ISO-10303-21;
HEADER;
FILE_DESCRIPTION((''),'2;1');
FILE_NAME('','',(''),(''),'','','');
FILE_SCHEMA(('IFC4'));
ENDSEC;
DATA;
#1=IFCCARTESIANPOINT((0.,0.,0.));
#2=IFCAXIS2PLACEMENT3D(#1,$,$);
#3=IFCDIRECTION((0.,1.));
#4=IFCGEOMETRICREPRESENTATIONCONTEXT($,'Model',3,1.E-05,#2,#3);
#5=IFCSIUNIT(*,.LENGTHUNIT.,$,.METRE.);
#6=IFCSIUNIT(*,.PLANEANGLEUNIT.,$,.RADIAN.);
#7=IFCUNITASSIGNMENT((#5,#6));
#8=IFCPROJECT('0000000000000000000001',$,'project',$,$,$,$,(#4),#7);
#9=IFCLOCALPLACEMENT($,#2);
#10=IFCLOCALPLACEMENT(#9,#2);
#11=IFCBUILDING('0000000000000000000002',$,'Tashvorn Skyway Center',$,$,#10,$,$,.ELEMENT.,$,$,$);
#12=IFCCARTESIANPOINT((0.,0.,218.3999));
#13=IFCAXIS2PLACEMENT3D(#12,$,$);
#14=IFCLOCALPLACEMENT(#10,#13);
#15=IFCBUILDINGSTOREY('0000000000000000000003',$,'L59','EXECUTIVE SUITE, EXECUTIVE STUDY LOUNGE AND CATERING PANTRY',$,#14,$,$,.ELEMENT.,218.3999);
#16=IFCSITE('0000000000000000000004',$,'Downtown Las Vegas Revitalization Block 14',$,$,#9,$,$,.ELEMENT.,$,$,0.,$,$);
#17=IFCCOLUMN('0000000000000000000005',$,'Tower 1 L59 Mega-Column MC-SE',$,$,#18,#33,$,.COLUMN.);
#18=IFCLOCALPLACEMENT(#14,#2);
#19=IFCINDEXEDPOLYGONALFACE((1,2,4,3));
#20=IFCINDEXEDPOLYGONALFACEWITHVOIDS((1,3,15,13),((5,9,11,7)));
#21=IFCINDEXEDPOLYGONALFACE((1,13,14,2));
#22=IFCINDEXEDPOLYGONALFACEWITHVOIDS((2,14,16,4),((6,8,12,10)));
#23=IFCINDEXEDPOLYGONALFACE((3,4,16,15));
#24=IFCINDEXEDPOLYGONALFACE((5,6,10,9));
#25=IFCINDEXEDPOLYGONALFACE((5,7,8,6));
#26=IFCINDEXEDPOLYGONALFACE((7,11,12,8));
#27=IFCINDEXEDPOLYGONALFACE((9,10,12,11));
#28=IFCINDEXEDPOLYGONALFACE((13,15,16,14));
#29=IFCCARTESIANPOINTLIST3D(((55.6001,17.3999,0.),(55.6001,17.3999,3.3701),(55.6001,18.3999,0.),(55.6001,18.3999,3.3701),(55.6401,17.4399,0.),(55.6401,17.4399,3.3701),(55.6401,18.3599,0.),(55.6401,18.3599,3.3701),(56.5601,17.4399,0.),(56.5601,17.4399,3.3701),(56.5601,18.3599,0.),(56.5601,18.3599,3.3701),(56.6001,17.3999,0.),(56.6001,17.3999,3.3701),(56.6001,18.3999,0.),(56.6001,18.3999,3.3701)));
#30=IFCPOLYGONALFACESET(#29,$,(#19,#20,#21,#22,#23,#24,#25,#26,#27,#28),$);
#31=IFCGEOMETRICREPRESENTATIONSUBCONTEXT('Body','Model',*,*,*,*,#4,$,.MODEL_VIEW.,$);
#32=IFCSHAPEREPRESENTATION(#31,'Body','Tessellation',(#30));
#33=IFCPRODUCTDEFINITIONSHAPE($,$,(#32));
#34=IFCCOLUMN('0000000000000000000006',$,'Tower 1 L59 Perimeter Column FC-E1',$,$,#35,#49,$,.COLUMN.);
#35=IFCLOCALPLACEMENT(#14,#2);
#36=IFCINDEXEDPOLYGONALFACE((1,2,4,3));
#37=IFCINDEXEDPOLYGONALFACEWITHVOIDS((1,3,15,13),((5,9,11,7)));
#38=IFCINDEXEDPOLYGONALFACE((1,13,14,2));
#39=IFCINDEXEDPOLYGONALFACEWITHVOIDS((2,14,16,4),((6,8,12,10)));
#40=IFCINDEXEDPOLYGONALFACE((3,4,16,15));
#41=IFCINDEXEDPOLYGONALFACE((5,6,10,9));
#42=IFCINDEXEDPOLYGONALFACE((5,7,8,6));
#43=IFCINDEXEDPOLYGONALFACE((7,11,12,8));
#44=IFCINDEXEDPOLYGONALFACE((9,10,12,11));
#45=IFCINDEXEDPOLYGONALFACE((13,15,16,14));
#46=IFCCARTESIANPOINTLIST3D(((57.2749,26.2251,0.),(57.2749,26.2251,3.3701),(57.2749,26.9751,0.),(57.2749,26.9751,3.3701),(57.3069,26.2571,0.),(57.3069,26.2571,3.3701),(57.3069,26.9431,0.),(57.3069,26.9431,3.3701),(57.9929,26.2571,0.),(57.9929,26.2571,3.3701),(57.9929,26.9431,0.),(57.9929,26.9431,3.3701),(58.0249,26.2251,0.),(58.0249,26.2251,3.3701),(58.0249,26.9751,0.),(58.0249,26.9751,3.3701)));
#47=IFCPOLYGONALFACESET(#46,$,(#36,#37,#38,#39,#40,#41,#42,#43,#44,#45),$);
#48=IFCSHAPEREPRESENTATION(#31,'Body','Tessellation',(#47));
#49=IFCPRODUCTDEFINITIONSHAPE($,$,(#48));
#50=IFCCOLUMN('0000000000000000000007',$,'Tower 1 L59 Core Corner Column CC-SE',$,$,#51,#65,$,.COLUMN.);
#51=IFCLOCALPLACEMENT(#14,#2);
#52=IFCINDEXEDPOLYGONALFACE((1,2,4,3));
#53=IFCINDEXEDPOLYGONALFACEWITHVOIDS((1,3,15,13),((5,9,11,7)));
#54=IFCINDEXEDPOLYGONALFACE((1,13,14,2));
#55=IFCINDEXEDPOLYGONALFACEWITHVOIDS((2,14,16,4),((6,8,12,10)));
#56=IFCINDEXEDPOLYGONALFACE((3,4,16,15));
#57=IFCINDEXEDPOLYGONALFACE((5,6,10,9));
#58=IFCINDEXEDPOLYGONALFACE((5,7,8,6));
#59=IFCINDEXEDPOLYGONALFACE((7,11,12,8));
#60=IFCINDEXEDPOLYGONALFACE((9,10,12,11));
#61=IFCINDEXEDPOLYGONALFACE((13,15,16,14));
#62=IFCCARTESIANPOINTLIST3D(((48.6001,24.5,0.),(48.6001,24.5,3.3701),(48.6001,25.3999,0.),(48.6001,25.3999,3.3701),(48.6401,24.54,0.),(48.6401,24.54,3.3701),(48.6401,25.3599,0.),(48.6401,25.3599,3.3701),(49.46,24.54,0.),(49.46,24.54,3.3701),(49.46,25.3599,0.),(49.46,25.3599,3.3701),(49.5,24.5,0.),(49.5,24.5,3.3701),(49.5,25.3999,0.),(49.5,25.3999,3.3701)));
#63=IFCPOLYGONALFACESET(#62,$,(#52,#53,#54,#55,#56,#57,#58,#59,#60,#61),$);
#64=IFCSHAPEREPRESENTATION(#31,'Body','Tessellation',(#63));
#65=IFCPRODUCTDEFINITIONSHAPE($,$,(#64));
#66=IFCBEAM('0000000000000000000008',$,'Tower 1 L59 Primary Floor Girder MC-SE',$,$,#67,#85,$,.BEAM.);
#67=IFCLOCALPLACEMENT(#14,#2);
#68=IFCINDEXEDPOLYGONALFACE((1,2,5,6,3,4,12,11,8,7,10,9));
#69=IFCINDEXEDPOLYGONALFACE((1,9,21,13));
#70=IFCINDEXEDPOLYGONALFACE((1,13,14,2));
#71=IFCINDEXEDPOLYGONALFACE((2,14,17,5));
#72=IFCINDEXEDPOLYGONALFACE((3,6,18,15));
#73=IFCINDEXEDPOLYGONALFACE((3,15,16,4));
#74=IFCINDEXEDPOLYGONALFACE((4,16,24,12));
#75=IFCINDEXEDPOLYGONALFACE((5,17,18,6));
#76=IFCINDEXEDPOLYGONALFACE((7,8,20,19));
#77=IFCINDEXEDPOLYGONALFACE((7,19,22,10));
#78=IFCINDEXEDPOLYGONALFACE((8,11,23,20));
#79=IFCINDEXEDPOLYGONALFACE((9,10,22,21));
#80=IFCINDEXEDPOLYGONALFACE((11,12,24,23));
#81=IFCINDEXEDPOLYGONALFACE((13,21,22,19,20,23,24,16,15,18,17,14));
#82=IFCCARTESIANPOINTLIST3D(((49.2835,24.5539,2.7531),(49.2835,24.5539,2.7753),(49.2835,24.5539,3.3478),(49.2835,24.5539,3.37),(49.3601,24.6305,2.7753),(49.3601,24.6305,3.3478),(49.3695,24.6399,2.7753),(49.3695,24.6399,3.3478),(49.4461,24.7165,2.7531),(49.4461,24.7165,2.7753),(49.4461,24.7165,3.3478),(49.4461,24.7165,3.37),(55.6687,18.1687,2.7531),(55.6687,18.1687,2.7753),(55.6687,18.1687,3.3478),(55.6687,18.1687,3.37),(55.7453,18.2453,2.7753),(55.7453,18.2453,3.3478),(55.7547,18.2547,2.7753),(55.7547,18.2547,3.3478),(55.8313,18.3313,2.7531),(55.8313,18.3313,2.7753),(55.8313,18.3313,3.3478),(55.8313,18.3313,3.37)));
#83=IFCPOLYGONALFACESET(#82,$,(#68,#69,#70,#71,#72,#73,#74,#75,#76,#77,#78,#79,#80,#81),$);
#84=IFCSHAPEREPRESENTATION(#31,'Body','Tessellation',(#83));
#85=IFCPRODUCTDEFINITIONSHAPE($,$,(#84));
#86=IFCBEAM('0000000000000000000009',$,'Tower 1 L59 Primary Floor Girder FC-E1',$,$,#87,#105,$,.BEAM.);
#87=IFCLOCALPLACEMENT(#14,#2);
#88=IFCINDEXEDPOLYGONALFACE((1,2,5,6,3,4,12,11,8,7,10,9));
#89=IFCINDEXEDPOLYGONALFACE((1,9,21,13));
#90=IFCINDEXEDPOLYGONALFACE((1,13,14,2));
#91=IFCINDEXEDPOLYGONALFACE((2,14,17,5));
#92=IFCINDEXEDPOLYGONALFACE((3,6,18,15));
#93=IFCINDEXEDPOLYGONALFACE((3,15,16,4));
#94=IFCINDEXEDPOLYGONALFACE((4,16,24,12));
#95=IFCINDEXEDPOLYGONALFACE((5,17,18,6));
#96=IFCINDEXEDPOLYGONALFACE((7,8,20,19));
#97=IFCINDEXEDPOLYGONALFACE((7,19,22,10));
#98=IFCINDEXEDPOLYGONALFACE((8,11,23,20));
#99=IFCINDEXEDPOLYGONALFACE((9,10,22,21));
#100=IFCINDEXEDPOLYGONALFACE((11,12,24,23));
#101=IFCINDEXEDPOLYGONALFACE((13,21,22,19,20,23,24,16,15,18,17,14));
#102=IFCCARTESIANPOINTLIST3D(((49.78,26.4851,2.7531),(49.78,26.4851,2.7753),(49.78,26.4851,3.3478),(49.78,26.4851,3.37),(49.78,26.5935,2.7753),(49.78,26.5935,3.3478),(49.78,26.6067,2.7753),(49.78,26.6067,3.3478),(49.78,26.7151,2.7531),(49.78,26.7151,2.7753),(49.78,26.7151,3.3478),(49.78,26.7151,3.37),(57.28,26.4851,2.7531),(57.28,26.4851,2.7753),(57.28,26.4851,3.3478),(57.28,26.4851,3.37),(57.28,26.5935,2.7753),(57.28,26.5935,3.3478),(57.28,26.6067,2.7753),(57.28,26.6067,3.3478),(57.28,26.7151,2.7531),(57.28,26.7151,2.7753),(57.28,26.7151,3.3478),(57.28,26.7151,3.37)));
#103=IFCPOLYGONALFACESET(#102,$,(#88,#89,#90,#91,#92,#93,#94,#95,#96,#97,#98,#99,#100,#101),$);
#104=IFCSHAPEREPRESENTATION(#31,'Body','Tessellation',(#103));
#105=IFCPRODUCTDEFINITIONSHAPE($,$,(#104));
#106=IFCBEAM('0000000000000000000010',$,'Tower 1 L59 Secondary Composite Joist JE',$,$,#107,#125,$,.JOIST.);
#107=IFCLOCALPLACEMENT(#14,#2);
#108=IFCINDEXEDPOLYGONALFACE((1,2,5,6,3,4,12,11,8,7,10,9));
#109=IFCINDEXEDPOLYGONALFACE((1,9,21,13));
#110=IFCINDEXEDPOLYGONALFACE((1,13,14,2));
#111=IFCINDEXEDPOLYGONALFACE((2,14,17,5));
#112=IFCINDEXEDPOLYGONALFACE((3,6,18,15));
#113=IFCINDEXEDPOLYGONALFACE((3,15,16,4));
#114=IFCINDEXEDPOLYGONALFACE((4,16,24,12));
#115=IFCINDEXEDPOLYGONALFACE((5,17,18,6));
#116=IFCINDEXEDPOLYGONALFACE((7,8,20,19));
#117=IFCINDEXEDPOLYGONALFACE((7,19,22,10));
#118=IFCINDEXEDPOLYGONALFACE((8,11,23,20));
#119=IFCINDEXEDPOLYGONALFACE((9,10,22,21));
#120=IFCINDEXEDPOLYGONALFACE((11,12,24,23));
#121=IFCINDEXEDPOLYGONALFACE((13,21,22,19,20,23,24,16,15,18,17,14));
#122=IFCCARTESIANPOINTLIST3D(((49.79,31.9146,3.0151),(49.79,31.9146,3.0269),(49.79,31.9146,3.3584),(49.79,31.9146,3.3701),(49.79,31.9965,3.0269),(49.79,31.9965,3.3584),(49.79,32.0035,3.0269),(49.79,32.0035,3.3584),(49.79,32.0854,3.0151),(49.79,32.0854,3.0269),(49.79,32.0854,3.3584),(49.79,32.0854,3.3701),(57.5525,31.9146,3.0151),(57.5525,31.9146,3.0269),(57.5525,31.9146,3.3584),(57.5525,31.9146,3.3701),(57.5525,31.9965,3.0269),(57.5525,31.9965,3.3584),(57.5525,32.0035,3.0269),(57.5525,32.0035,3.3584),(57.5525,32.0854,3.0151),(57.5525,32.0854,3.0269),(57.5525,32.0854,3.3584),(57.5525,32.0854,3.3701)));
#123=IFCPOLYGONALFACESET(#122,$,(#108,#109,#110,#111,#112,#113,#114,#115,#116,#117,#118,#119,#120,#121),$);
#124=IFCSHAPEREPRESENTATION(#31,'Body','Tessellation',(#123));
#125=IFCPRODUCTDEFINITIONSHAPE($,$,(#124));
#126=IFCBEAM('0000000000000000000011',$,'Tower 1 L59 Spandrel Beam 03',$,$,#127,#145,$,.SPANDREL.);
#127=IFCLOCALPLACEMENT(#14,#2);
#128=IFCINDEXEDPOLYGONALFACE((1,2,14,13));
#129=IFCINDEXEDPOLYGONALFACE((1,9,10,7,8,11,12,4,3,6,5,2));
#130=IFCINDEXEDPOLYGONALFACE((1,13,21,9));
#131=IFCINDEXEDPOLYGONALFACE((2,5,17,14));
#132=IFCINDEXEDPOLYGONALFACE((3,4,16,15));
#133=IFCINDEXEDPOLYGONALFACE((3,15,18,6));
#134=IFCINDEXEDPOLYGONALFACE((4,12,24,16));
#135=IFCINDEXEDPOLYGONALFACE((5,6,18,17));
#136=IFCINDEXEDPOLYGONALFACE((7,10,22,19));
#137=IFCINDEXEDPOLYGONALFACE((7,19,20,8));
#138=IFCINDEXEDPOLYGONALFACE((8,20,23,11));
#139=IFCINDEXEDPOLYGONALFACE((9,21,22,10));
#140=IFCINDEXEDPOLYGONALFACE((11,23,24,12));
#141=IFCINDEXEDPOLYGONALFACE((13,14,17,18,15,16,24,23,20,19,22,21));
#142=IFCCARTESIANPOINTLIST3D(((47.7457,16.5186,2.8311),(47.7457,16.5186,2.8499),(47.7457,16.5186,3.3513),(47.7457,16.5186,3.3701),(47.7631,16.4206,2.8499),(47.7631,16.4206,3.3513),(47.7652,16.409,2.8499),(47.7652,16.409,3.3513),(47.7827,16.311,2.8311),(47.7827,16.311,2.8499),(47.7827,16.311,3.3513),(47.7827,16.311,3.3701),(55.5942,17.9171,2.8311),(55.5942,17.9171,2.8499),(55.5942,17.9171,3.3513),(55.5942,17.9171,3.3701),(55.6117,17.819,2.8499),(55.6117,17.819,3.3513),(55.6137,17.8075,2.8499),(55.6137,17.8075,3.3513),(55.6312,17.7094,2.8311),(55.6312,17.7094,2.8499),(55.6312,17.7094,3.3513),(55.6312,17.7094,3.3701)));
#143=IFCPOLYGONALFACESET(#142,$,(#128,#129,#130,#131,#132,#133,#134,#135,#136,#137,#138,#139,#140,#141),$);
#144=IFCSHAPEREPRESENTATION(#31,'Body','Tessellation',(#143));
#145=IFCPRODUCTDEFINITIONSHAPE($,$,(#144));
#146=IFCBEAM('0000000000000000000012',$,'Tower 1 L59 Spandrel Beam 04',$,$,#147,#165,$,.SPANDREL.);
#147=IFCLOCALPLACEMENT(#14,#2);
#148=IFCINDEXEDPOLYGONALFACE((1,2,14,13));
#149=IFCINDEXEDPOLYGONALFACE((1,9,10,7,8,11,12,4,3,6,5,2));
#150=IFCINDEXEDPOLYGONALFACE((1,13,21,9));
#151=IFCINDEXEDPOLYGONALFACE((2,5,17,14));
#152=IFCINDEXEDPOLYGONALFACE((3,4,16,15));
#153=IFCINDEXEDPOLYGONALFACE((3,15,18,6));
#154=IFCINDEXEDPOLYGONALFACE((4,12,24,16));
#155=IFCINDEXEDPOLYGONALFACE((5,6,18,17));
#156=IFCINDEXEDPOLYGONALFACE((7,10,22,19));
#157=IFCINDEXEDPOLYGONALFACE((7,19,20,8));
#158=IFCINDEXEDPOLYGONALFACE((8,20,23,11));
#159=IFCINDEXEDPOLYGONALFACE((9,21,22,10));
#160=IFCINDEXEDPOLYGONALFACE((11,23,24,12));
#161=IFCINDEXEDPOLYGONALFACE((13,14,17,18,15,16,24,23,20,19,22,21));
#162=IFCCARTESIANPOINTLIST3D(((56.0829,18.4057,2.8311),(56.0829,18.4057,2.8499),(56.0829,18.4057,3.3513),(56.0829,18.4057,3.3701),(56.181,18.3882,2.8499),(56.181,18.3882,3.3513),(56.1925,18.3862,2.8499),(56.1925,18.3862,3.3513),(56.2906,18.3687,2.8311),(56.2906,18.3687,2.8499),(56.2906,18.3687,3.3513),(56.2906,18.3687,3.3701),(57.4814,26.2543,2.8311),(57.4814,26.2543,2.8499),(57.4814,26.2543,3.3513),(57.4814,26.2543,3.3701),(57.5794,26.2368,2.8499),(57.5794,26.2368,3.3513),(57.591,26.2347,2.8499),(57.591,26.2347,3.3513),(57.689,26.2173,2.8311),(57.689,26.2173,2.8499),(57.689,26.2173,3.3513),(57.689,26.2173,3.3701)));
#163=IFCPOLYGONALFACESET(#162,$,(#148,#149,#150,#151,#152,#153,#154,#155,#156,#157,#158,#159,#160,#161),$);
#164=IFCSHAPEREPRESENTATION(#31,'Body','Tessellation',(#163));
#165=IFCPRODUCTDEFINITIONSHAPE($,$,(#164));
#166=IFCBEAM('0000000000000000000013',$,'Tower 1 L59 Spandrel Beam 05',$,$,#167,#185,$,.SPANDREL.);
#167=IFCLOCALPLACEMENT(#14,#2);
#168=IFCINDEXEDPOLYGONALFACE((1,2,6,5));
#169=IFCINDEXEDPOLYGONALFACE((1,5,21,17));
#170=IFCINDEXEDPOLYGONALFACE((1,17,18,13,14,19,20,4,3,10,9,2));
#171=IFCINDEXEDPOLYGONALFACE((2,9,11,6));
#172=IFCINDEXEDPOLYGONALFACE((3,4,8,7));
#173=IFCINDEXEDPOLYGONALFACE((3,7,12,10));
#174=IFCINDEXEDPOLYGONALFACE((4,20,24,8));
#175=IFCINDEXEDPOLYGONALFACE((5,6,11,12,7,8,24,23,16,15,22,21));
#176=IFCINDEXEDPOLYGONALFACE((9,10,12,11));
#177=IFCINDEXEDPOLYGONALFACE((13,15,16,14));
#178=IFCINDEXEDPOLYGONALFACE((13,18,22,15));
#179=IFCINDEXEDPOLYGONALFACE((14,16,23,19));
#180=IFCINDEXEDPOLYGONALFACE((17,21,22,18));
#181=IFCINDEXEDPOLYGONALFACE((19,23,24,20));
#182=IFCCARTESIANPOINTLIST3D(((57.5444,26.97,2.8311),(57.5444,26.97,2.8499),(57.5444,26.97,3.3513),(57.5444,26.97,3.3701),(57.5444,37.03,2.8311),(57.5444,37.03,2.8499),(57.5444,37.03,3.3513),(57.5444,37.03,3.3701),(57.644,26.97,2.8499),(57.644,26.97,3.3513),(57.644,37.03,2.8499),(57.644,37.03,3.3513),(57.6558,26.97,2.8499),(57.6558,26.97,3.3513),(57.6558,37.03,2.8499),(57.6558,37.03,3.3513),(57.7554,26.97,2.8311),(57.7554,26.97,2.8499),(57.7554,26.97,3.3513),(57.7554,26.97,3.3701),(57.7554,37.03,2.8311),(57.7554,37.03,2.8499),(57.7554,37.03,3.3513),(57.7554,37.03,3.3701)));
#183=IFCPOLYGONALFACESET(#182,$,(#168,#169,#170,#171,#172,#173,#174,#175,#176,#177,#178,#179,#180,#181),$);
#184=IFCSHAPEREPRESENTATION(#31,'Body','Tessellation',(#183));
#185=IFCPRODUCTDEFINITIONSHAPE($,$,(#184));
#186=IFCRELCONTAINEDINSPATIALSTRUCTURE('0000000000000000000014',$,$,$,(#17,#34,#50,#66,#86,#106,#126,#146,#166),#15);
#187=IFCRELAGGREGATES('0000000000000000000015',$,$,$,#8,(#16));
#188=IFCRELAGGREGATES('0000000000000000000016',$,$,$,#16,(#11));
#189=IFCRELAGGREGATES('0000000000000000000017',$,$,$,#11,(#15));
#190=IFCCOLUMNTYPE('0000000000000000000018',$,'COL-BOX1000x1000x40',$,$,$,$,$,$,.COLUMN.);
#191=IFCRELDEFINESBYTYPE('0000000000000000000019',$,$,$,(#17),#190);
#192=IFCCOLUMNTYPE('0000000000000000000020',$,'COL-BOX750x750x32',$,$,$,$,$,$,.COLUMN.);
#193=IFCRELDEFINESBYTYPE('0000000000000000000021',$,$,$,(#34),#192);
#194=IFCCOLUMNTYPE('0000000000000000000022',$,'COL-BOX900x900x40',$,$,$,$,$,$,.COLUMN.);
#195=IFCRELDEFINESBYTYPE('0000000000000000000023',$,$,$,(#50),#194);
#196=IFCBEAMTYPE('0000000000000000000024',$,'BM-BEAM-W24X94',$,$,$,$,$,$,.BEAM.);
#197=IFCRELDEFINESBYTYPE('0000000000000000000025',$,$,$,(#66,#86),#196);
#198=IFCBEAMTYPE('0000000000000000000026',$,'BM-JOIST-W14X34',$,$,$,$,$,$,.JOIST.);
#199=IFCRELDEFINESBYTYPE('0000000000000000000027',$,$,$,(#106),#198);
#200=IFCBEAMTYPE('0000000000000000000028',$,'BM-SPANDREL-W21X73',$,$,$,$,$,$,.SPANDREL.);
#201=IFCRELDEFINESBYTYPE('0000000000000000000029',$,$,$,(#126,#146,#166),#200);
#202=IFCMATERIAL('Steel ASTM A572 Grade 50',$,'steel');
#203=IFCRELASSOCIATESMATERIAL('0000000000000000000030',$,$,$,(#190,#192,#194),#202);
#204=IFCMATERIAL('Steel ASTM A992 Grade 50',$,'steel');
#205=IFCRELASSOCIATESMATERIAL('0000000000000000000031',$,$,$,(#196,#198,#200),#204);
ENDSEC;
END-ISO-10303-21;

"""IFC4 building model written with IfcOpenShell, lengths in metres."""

from ifc_helpers import new_model, si_unit, direction, frame, origin, origin_2d, place, context, subcontext, project, spatial, hollow_rectangle, i_section, extrude, material, material_profile, profile_set, type_object, element, save


model = new_model("IFC4")

# Units and contexts
model_context = context("Model", 3, precision=1e-05, world=origin(), true_north=direction((0.0, 1.0)))
body_context = subcontext(model_context, "Body", "Model", "MODEL_VIEW")
ifc_project = project(units=[si_unit("LENGTHUNIT", "METRE"), si_unit("PLANEANGLEUNIT", "RADIAN")], contexts=[model_context])

# Site, building, storey
site_placement = place(None, origin())
site = spatial("IfcSite", under=ifc_project, at=site_placement, Name="Downtown Las Vegas Revitalization Block 14", CompositionType="ELEMENT", RefElevation=0.0)
building_placement = place(site_placement, origin())
building = spatial("IfcBuilding", under=site, at=building_placement, Name="Tashvorn Skyway Center", CompositionType="ELEMENT")
storey_placement = place(building_placement, frame((0.0, 0.0, 218.3999)))
storey = spatial("IfcBuildingStorey", under=building, at=storey_placement, Name="L59", Description="EXECUTIVE SUITE, EXECUTIVE STUDY LOUNGE AND CATERING PANTRY", CompositionType="ELEMENT", Elevation=218.3999)

# Columns
ifc_material_1 = material(Name="Steel ASTM A572 Grade 50", Category="steel")
ifc_material_profile_1 = material_profile(ifc_material_1, hollow_rectangle(XDim=1.0, YDim=1.0, WallThickness=0.04, at=origin_2d()), Name="BOX1000x1000x40")
ifc_profile_set_1 = profile_set([ifc_material_profile_1], Name="Steel ASTM A572 Grade 50")
column_type_1 = type_object("IfcColumnType", Name="COL-BOX1000x1000x40", PredefinedType="COLUMN", material=ifc_profile_set_1)
column_1_placement = place(storey_placement, frame((56.1001, 17.8999, 0.0), z_axis=(0.0, 0.0, 1.0), x_axis=(1.0, 0.0, 0.0)))
element("IfcColumn", 1, at=column_1_placement, inside=storey, type_object=column_type_1, Name="Tower 1 L59 Mega-Column MC-SE", PredefinedType="COLUMN", context=body_context, shape_type="SweptSolid", body=[
    extrude(hollow_rectangle(XDim=1.0, YDim=1.0, WallThickness=0.04, at=origin_2d()), origin(), (0.0, 0.0, 1.0), 3.3701),
])
ifc_material_profile_2 = material_profile(ifc_material_1, hollow_rectangle(XDim=0.75, YDim=0.75, WallThickness=0.032, at=origin_2d()), Name="BOX750x750x32")
ifc_profile_set_2 = profile_set([ifc_material_profile_2], Name="Steel ASTM A572 Grade 50")
column_type_2 = type_object("IfcColumnType", Name="COL-BOX750x750x32", PredefinedType="COLUMN", material=ifc_profile_set_2)
column_2_placement = place(storey_placement, frame((57.6499, 26.6001, 0.0), z_axis=(0.0, 0.0, 1.0), x_axis=(1.0, 0.0, 0.0)))
element("IfcColumn", 2, at=column_2_placement, inside=storey, type_object=column_type_2, Name="Tower 1 L59 Perimeter Column FC-E1", PredefinedType="COLUMN", context=body_context, shape_type="SweptSolid", body=[
    extrude(hollow_rectangle(XDim=0.75, YDim=0.75, WallThickness=0.032, at=origin_2d()), origin(), (0.0, 0.0, 1.0), 3.3701),
])
ifc_material_profile_3 = material_profile(ifc_material_1, hollow_rectangle(XDim=0.8999, YDim=0.8999, WallThickness=0.04, at=origin_2d()), Name="BOX900x900x40")
ifc_profile_set_3 = profile_set([ifc_material_profile_3], Name="Steel ASTM A572 Grade 50")
column_type_3 = type_object("IfcColumnType", Name="COL-BOX900x900x40", PredefinedType="COLUMN", material=ifc_profile_set_3)
column_3_placement = place(storey_placement, frame((49.05, 24.95, 0.0), z_axis=(0.0, 0.0, 1.0), x_axis=(1.0, 0.0, 0.0)))
element("IfcColumn", 3, at=column_3_placement, inside=storey, type_object=column_type_3, Name="Tower 1 L59 Core Corner Column CC-SE", PredefinedType="COLUMN", context=body_context, shape_type="SweptSolid", body=[
    extrude(hollow_rectangle(XDim=0.8999, YDim=0.8999, WallThickness=0.04, at=origin_2d()), origin(), (0.0, 0.0, 1.0), 3.3701),
])

# Beams
ifc_material_2 = material(Name="Steel ASTM A992 Grade 50", Category="steel")
ifc_material_profile_4 = material_profile(ifc_material_2, i_section(OverallWidth=0.23, OverallDepth=0.6169, WebThickness=0.0132, FlangeThickness=0.0222, at=origin_2d()), Name="W24X94")
ifc_profile_set_4 = profile_set([ifc_material_profile_4], Name="Steel ASTM A992 Grade 50")
beam_type_1 = type_object("IfcBeamType", Name="BM-BEAM-W24X94", PredefinedType="BEAM", material=ifc_profile_set_4)
beam_1_placement = place(storey_placement, frame((55.75, 18.25, 3.0615), z_axis=(-0.707107, 0.707107, 0.0), x_axis=(-0.707107, -0.707107, 0.0)))
element("IfcBeam", 4, at=beam_1_placement, inside=storey, type_object=beam_type_1, Name="Tower 1 L59 Primary Floor Girder MC-SE", PredefinedType="BEAM", context=body_context, shape_type="SweptSolid", body=[
    extrude(i_section(OverallWidth=0.23, OverallDepth=0.6169, WebThickness=0.0132, FlangeThickness=0.0222, at=origin_2d()), origin(), (0.0, 0.0, 1.0), 9.03),
])
beam_2_placement = place(storey_placement, frame((57.28, 26.6001, 3.0615), z_axis=(-1.0, 0.0, 0.0), x_axis=(0.0, -1.0, 0.0)))
element("IfcBeam", 5, at=beam_2_placement, inside=storey, type_object=beam_type_1, Name="Tower 1 L59 Primary Floor Girder FC-E1", PredefinedType="BEAM", context=body_context, shape_type="SweptSolid", body=[
    extrude(i_section(OverallWidth=0.23, OverallDepth=0.6169, WebThickness=0.0132, FlangeThickness=0.0222, at=origin_2d()), origin(), (0.0, 0.0, 1.0), 7.5),
])
ifc_material_profile_5 = material_profile(ifc_material_2, i_section(OverallWidth=0.1709, OverallDepth=0.355, WebThickness=0.0071, FlangeThickness=0.0117, at=origin_2d()), Name="W14X34")
ifc_profile_set_5 = profile_set([ifc_material_profile_5], Name="Steel ASTM A992 Grade 50")
beam_type_2 = type_object("IfcBeamType", Name="BM-JOIST-W14X34", PredefinedType="JOIST", material=ifc_profile_set_5)
beam_3_placement = place(storey_placement, frame((49.79, 32.0, 3.1926), z_axis=(1.0, 0.0, 0.0), x_axis=(0.0, 1.0, 0.0)))
element("IfcBeam", 6, at=beam_3_placement, inside=storey, type_object=beam_type_2, Name="Tower 1 L59 Secondary Composite Joist JE", PredefinedType="JOIST", context=body_context, shape_type="SweptSolid", body=[
    extrude(i_section(OverallWidth=0.1709, OverallDepth=0.355, WebThickness=0.0071, FlangeThickness=0.0117, at=origin_2d()), origin(), (0.0, 0.0, 1.0), 7.7625),
])
ifc_material_profile_6 = material_profile(ifc_material_2, i_section(OverallWidth=0.2109, OverallDepth=0.5391, WebThickness=0.0117, FlangeThickness=0.0188, at=origin_2d()), Name="W21X73")
ifc_profile_set_6 = profile_set([ifc_material_profile_6], Name="Steel ASTM A992 Grade 50")
beam_type_3 = type_object("IfcBeamType", Name="BM-SPANDREL-W21X73", PredefinedType="SPANDREL", material=ifc_profile_set_6)
for number, where, z_axis, x_axis, name in (
    (7, (47.7642, 16.4148, 3.1006), (0.984495, 0.175413, 0.0), (-0.175413, 0.984495, 0.0), "Tower 1 L59 Spandrel Beam 03"),
    (8, (56.1868, 18.3872, 3.1006), (0.175413, 0.984495, 0.0), (-0.984495, 0.175413, 0.0), "Tower 1 L59 Spandrel Beam 04"),
):
    element("IfcBeam", number, at=place(storey_placement, frame(where, z_axis=z_axis, x_axis=x_axis)), inside=storey, type_object=beam_type_3, Name=name, PredefinedType="SPANDREL", context=body_context, shape_type="SweptSolid", body=[
        extrude(i_section(OverallWidth=0.2109, OverallDepth=0.5391, WebThickness=0.0117, FlangeThickness=0.0188, at=origin_2d()), origin(), (0.0, 0.0, 1.0), 7.9722),
    ])
beam_4_placement = place(storey_placement, frame((57.6499, 26.97, 3.1006), z_axis=(0.0, 1.0, 0.0), x_axis=(-1.0, 0.0, 0.0)))
element("IfcBeam", 9, at=beam_4_placement, inside=storey, type_object=beam_type_3, Name="Tower 1 L59 Spandrel Beam 05", PredefinedType="SPANDREL", context=body_context, shape_type="SweptSolid", body=[
    extrude(i_section(OverallWidth=0.2109, OverallDepth=0.5391, WebThickness=0.0117, FlangeThickness=0.0188, at=origin_2d()), origin(), (0.0, 0.0, 1.0), 10.0601),
])

save(model, "model.ifc")
